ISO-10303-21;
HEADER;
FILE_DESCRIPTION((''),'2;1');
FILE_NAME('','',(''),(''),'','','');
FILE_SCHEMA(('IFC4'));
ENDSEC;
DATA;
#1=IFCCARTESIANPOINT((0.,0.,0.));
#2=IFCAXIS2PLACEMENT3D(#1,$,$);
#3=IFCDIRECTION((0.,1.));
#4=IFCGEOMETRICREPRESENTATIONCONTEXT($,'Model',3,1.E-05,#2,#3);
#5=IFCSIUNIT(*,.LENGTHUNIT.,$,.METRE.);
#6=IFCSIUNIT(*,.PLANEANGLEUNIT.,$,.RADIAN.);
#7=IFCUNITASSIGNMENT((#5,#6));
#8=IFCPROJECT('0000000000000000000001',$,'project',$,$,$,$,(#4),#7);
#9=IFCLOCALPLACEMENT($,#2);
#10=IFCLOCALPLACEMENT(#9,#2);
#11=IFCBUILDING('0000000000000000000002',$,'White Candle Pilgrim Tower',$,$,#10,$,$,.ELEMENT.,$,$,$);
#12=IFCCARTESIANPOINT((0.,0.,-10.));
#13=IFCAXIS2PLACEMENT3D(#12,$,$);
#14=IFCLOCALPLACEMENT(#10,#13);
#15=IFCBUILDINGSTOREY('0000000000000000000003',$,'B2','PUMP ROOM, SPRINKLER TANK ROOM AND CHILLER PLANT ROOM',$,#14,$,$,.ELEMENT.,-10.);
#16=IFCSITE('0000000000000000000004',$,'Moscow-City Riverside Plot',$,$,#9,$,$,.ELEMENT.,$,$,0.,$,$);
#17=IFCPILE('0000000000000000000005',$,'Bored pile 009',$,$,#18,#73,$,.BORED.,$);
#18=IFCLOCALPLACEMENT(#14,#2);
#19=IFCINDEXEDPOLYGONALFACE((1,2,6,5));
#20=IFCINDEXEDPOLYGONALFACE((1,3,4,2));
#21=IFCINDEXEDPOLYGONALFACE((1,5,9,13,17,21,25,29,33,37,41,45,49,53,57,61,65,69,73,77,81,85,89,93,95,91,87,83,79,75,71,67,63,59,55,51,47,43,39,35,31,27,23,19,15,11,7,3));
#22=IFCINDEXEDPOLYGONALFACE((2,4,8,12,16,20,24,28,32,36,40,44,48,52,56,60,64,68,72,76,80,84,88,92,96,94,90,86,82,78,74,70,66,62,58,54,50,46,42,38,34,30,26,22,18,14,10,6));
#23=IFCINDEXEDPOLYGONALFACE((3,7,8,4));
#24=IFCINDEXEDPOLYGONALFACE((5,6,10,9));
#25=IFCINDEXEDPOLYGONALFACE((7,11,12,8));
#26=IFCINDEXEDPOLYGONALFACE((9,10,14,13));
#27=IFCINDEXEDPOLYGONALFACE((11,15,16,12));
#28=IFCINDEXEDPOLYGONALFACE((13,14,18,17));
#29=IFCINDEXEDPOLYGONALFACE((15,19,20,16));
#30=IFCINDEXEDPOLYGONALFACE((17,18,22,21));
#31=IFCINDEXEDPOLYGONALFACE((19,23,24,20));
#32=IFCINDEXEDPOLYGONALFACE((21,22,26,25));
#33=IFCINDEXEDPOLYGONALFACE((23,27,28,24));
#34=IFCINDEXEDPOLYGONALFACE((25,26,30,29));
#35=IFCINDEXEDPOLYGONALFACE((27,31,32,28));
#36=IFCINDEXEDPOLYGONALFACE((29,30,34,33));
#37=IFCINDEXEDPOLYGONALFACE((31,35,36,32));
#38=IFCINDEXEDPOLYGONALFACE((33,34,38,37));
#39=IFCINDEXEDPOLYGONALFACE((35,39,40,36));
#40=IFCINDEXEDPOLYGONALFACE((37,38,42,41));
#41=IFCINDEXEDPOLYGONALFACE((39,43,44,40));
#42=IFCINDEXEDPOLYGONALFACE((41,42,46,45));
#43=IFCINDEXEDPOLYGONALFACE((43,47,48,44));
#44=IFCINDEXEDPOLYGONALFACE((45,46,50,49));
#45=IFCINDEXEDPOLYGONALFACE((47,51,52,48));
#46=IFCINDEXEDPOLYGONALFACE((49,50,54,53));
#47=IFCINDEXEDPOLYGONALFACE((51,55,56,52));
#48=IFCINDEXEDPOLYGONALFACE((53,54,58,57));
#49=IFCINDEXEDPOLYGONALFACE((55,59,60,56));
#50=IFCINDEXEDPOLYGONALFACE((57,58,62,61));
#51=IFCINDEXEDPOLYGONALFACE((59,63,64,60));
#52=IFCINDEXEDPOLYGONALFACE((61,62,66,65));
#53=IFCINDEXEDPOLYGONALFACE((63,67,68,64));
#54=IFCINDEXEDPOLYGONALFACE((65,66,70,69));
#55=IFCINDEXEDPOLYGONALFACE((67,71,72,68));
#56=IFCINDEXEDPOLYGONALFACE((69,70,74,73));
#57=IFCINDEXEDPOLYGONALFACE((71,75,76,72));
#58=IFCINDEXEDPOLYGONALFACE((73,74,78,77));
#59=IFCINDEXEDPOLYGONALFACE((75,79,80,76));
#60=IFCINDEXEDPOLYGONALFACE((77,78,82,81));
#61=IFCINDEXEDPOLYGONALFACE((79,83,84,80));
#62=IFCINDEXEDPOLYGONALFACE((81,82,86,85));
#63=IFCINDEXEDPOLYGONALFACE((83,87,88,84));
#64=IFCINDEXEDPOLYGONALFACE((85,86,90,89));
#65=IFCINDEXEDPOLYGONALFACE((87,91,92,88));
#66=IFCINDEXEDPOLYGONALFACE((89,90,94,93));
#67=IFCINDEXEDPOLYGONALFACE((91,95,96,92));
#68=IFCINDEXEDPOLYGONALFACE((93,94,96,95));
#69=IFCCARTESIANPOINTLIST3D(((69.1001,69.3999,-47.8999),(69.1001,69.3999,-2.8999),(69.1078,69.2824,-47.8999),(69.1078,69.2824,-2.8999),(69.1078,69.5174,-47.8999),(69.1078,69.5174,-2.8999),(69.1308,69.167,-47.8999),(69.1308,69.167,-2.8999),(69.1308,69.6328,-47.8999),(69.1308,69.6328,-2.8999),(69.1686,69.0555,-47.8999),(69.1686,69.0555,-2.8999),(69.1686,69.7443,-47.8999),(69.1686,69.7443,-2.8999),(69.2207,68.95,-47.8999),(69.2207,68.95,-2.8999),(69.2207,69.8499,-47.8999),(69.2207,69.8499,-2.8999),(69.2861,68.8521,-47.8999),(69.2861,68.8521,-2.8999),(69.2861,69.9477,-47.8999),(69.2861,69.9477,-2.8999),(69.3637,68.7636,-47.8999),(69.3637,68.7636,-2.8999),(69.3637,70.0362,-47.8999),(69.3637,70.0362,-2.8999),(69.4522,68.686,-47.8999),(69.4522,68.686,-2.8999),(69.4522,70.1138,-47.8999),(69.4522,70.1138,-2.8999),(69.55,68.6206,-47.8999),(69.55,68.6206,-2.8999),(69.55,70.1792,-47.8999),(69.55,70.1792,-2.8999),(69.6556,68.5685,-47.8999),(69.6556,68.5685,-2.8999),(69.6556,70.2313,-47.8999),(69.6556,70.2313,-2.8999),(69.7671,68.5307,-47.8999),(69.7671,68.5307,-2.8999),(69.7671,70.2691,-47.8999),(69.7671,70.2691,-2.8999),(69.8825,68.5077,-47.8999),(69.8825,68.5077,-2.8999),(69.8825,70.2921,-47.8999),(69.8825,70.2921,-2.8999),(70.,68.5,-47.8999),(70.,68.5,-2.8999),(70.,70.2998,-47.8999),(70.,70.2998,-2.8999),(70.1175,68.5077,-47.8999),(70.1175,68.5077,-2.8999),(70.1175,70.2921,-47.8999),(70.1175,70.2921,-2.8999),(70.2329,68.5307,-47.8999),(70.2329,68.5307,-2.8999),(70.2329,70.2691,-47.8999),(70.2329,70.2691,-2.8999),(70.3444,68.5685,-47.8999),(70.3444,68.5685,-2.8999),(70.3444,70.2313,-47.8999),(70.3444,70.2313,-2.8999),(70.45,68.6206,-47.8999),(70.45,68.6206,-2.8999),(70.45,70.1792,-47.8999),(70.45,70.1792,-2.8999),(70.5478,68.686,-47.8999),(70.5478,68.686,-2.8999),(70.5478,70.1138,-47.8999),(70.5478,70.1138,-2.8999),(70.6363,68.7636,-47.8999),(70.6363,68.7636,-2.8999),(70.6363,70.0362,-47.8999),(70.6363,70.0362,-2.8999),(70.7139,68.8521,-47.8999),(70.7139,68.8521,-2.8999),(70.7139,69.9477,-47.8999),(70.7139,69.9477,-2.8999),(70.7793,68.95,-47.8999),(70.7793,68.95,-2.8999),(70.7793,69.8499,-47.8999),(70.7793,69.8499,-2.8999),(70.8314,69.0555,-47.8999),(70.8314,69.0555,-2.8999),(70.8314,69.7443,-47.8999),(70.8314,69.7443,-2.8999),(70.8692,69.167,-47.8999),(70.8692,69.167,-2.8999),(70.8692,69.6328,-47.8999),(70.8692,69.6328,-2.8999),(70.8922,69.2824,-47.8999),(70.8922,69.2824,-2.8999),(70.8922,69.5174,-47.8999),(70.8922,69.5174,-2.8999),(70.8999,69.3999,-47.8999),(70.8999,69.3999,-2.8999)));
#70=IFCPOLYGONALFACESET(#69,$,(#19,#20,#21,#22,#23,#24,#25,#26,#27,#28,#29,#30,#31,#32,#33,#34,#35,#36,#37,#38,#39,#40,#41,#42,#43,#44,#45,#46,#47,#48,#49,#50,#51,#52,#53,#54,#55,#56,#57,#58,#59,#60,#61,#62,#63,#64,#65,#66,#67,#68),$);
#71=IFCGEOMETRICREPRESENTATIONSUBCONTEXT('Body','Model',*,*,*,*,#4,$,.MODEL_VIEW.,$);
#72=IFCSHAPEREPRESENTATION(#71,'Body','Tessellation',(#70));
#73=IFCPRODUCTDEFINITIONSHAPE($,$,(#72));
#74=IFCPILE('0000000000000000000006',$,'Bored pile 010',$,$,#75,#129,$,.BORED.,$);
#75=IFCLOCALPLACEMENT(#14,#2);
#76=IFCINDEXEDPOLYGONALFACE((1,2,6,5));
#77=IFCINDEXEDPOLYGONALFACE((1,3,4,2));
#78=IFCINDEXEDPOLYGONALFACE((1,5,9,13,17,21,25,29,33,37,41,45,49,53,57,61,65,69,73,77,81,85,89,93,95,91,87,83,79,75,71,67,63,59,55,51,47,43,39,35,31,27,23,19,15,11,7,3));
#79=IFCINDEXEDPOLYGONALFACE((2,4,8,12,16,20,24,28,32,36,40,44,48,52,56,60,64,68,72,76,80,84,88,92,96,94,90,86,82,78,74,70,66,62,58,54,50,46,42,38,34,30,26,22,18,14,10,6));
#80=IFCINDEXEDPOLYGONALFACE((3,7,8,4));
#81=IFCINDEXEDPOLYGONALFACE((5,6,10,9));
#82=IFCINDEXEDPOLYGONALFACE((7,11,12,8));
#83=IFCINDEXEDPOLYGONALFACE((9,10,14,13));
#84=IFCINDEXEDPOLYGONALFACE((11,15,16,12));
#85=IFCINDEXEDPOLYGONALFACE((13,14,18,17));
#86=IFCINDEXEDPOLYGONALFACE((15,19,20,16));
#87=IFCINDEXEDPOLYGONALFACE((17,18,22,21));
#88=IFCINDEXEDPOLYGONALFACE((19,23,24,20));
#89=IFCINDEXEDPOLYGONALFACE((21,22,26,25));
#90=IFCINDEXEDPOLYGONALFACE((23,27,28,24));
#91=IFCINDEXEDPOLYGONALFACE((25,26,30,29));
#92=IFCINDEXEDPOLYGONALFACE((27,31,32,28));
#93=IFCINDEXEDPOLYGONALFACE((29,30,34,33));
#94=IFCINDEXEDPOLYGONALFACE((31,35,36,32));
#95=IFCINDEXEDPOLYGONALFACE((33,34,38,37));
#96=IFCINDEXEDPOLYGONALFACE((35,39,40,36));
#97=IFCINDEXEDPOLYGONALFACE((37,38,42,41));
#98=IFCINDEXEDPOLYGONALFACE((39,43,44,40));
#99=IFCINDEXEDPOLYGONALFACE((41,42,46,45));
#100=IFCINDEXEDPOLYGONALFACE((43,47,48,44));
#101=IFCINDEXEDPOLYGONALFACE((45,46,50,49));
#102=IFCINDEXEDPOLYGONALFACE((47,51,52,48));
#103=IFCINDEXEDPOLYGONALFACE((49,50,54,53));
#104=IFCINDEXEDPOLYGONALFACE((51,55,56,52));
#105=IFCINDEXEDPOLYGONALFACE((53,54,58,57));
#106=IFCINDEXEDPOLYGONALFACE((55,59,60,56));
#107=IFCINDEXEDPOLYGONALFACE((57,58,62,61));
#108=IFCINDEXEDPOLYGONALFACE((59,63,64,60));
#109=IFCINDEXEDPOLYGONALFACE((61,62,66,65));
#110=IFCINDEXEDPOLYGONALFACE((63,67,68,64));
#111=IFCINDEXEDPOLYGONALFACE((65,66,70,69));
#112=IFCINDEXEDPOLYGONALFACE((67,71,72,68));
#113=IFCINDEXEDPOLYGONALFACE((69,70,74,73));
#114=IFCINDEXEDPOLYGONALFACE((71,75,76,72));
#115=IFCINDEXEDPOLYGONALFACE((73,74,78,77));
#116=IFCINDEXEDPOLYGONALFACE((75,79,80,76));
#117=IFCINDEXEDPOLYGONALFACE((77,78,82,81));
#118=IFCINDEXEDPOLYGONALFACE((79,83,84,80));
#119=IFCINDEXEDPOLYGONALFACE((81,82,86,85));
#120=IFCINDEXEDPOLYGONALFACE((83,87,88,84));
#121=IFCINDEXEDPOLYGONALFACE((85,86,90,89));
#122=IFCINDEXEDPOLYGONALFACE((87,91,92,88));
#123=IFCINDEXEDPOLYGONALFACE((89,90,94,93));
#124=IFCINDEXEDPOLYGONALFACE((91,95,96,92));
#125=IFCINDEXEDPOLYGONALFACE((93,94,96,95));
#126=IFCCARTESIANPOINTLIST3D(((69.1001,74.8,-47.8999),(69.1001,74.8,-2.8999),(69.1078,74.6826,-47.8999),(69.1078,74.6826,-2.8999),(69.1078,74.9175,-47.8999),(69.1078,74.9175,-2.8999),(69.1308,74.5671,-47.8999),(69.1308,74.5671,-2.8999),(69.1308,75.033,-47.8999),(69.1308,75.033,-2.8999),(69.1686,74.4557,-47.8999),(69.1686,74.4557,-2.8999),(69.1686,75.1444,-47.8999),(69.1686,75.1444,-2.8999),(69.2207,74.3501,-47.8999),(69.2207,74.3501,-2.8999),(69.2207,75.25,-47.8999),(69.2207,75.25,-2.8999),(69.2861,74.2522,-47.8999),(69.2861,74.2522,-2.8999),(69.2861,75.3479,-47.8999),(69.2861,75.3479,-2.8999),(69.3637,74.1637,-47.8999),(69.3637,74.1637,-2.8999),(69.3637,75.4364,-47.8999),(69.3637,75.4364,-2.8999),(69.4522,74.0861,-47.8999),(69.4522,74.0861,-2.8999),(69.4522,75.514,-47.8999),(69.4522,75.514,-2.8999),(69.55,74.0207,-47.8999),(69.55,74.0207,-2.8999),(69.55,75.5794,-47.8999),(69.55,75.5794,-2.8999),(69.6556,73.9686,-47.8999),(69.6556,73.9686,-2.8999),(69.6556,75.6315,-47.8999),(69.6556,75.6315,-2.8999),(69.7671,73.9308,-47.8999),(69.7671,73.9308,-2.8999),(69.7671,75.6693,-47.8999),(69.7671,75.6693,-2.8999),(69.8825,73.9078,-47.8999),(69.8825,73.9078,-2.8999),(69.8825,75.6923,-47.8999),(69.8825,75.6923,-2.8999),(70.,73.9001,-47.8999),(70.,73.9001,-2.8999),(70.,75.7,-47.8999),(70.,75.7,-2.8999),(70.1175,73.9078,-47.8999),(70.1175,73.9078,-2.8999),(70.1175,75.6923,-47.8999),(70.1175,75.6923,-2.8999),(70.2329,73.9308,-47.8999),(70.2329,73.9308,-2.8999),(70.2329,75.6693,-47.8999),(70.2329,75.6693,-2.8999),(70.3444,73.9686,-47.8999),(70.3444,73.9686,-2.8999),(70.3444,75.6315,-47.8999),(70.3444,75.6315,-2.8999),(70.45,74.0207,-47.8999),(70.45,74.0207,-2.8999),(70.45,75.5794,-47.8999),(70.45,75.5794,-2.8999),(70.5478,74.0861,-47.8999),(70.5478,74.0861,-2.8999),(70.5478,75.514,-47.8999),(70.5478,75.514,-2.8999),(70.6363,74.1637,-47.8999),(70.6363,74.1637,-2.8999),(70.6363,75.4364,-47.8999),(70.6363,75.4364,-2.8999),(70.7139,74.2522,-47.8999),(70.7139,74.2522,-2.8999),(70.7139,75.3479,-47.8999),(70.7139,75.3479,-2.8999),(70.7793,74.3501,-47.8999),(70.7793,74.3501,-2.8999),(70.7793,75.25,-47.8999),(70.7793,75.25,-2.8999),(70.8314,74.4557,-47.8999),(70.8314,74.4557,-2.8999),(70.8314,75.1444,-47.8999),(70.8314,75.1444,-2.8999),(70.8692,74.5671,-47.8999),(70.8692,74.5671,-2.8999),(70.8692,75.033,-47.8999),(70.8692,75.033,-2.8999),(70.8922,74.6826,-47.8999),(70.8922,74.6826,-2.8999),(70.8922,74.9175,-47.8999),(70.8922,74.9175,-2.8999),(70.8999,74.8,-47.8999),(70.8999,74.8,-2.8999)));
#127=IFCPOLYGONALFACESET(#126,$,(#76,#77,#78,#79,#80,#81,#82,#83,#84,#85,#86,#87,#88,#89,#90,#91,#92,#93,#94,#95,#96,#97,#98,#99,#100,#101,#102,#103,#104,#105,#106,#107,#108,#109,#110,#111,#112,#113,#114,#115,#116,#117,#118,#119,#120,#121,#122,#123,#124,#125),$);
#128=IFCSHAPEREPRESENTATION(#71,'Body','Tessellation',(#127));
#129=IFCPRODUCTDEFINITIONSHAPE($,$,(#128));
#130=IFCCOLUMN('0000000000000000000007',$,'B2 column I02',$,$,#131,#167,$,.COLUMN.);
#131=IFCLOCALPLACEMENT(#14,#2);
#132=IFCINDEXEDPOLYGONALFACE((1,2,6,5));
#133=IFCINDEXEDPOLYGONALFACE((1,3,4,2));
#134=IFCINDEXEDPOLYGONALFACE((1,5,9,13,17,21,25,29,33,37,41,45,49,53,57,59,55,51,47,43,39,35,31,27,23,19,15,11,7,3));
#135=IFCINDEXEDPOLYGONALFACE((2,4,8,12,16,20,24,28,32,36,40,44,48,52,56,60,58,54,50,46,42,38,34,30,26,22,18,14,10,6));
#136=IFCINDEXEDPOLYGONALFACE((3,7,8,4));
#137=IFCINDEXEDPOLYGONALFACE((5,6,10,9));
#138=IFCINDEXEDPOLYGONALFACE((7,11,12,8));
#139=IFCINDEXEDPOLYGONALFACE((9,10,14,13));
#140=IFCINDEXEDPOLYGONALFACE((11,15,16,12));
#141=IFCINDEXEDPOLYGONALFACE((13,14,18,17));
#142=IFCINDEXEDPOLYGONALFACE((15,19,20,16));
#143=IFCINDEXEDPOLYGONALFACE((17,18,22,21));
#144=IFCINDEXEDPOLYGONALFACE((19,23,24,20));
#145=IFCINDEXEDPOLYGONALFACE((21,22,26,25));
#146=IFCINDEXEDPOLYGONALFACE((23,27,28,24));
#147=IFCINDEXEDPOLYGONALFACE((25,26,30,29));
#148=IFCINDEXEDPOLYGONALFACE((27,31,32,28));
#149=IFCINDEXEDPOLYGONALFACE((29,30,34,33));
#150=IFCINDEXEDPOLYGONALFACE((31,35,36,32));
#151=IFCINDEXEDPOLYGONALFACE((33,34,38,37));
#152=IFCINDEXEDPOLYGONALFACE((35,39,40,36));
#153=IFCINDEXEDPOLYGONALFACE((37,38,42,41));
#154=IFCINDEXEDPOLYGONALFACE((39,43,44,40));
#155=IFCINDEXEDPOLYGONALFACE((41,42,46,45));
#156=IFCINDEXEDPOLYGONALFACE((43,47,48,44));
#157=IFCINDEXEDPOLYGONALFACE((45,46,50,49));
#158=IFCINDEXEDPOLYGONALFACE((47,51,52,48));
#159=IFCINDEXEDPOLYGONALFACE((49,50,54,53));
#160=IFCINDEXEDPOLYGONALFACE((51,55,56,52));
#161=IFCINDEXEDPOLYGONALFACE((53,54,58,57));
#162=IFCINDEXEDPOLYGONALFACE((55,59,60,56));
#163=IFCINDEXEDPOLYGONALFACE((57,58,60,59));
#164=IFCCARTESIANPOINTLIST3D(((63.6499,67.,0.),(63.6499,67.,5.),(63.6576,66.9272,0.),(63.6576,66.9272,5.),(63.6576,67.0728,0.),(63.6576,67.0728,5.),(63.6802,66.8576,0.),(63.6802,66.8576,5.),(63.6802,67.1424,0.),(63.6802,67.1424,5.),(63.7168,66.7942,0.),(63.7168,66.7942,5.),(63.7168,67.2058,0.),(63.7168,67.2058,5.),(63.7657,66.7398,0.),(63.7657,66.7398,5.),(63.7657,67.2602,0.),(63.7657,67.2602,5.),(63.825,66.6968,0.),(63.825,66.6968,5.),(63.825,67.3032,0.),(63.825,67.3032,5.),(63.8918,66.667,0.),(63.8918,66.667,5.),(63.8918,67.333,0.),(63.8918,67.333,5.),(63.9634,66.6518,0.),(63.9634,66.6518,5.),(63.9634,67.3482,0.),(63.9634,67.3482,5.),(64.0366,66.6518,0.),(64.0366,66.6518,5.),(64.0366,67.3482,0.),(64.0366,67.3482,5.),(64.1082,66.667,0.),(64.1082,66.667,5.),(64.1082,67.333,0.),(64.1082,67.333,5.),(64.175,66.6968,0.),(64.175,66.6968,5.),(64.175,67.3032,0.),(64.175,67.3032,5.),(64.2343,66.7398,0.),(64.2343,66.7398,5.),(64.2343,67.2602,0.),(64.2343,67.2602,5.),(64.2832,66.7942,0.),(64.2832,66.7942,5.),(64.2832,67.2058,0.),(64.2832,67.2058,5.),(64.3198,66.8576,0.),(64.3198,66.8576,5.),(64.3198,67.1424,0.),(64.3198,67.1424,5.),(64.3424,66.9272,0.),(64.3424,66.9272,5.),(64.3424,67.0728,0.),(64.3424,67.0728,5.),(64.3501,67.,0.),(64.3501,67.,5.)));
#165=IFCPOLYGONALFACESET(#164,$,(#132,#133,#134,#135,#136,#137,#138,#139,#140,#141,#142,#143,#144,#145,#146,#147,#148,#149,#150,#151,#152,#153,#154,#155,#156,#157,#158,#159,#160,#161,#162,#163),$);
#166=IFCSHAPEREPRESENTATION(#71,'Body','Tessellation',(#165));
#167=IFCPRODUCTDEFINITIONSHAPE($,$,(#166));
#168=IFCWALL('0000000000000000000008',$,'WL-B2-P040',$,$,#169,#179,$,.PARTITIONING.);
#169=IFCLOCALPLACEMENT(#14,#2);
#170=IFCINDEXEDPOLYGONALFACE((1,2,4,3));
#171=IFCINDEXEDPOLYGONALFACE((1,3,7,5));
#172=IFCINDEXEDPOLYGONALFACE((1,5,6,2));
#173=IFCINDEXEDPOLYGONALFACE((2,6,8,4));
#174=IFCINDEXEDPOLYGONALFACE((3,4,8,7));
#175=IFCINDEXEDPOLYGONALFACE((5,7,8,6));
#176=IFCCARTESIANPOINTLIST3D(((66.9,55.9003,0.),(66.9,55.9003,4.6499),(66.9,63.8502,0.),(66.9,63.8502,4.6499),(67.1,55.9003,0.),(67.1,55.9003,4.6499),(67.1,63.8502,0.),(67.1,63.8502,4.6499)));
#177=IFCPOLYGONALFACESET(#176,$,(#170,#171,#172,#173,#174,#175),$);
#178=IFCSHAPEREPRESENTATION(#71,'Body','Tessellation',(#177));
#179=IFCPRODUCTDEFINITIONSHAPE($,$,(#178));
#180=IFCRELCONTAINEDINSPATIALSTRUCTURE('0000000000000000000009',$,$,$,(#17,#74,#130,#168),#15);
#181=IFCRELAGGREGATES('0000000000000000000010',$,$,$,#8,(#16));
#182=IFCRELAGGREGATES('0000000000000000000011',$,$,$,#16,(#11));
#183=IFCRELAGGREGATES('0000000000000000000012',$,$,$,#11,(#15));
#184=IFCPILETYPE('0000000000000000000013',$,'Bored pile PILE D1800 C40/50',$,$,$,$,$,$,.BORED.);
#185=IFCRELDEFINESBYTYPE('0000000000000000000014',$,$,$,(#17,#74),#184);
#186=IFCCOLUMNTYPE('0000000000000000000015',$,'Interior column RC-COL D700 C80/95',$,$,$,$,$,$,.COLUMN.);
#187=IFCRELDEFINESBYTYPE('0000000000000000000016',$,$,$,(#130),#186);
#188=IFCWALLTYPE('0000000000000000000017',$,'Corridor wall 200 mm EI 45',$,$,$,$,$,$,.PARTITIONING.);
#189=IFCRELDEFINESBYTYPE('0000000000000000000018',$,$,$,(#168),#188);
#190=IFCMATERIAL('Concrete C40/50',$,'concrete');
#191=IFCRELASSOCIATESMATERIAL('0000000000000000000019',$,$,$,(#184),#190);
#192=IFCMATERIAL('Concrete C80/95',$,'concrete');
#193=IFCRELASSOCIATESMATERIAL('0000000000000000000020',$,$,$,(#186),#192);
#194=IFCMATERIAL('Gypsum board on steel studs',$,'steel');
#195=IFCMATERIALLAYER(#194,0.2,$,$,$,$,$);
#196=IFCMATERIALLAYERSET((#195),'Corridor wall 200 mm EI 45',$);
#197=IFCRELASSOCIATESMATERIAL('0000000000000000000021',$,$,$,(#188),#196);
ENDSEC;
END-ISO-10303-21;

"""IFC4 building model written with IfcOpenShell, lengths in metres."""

from ifc_helpers import new_model, si_unit, direction, frame, frame_2d, origin, origin_2d, place, context, subcontext, project, spatial, rectangle, circle, extrude, material, layer, layer_set, material_profile, profile_set, type_object, element, save


model = new_model("IFC4")

# Units and contexts
model_context = context("Model", 3, precision=1e-05, world=origin(), true_north=direction((0.0, 1.0)))
body_context = subcontext(model_context, "Body", "Model", "MODEL_VIEW")
ifc_project = project(units=[si_unit("LENGTHUNIT", "METRE"), si_unit("PLANEANGLEUNIT", "RADIAN")], contexts=[model_context])

# Site, building, storey
site_placement = place(None, origin())
site = spatial("IfcSite", under=ifc_project, at=site_placement, Name="Moscow-City Riverside Plot", CompositionType="ELEMENT", RefElevation=0.0)
building_placement = place(site_placement, origin())
building = spatial("IfcBuilding", under=site, at=building_placement, Name="White Candle Pilgrim Tower", CompositionType="ELEMENT")
storey_placement = place(building_placement, frame((0.0, 0.0, -10.0)))
storey = spatial("IfcBuildingStorey", under=building, at=storey_placement, Name="B2", Description="PUMP ROOM, SPRINKLER TANK ROOM AND CHILLER PLANT ROOM", CompositionType="ELEMENT", Elevation=-10.0)

# Piles
ifc_material_1 = material(Name="Concrete C40/50", Category="concrete")
ifc_material_profile_1 = material_profile(ifc_material_1, circle(Radius=0.8999, at=origin_2d()), Name="PILE D1800")
ifc_profile_set_1 = profile_set([ifc_material_profile_1], Name="Concrete C40/50")
pile_type_1 = type_object("IfcPileType", Name="Bored pile PILE D1800 C40/50", PredefinedType="BORED", material=ifc_profile_set_1)
for number, where, z_axis, x_axis, name in (
    (1, (70.0, 69.3999, -2.8999), (0.0, 0.0, -1.0), (1.0, 0.0, 0.0), "Bored pile 009"),
    (2, (70.0, 74.8, -2.8999), (0.0, 0.0, -1.0), (1.0, 0.0, 0.0), "Bored pile 010"),
):
    element("IfcPile", number, at=place(storey_placement, frame(where, z_axis=z_axis, x_axis=x_axis)), inside=storey, type_object=pile_type_1, Name=name, PredefinedType="BORED", context=body_context, shape_type="SweptSolid", body=[
        extrude(circle(Radius=0.8999, at=origin_2d()), origin(), (0.0, 0.0, 1.0), 45.0),
    ])

# Column
ifc_material_2 = material(Name="Concrete C80/95", Category="concrete")
ifc_material_profile_2 = material_profile(ifc_material_2, circle(Radius=0.3501, at=origin_2d()), Name="RC-COL D700")
ifc_profile_set_2 = profile_set([ifc_material_profile_2], Name="Concrete C80/95")
column_type = type_object("IfcColumnType", Name="Interior column RC-COL D700 C80/95", PredefinedType="COLUMN", material=ifc_profile_set_2)
column_placement = place(storey_placement, frame((64.0, 67.0, 0.0), z_axis=(0.0, 0.0, 1.0), x_axis=(1.0, 0.0, 0.0)))
element("IfcColumn", 3, at=column_placement, inside=storey, type_object=column_type, Name="B2 column I02", PredefinedType="COLUMN", context=body_context, shape_type="SweptSolid", body=[
    extrude(circle(Radius=0.3501, at=origin_2d()), origin(), (0.0, 0.0, 1.0), 5.0),
])

# Wall
ifc_material_3 = material(Name="Gypsum board on steel studs", Category="steel")
ifc_layer_1 = layer(ifc_material_3, 0.2)
ifc_layer_set_1 = layer_set([ifc_layer_1], Name="Corridor wall 200 mm EI 45")
wall_type_1 = type_object("IfcWallType", Name="Corridor wall 200 mm EI 45", PredefinedType="PARTITIONING", material=ifc_layer_set_1)
wall_1_placement = place(storey_placement, frame((67.0, 63.8503, 0.0), z_axis=(0.0, 0.0, 1.0), x_axis=(0.0, -1.0, 0.0)))
element("IfcWall", 4, at=wall_1_placement, inside=storey, type_object=wall_type_1, Name="WL-B2-P040", PredefinedType="PARTITIONING", context=body_context, shape_type="SweptSolid", body=[
    extrude(rectangle(XDim=7.95, YDim=0.2, at=frame_2d((3.9751, 0.0))), origin(), (0.0, 0.0, 1.0), 4.6499),
])

save(model, "model.ifc")
